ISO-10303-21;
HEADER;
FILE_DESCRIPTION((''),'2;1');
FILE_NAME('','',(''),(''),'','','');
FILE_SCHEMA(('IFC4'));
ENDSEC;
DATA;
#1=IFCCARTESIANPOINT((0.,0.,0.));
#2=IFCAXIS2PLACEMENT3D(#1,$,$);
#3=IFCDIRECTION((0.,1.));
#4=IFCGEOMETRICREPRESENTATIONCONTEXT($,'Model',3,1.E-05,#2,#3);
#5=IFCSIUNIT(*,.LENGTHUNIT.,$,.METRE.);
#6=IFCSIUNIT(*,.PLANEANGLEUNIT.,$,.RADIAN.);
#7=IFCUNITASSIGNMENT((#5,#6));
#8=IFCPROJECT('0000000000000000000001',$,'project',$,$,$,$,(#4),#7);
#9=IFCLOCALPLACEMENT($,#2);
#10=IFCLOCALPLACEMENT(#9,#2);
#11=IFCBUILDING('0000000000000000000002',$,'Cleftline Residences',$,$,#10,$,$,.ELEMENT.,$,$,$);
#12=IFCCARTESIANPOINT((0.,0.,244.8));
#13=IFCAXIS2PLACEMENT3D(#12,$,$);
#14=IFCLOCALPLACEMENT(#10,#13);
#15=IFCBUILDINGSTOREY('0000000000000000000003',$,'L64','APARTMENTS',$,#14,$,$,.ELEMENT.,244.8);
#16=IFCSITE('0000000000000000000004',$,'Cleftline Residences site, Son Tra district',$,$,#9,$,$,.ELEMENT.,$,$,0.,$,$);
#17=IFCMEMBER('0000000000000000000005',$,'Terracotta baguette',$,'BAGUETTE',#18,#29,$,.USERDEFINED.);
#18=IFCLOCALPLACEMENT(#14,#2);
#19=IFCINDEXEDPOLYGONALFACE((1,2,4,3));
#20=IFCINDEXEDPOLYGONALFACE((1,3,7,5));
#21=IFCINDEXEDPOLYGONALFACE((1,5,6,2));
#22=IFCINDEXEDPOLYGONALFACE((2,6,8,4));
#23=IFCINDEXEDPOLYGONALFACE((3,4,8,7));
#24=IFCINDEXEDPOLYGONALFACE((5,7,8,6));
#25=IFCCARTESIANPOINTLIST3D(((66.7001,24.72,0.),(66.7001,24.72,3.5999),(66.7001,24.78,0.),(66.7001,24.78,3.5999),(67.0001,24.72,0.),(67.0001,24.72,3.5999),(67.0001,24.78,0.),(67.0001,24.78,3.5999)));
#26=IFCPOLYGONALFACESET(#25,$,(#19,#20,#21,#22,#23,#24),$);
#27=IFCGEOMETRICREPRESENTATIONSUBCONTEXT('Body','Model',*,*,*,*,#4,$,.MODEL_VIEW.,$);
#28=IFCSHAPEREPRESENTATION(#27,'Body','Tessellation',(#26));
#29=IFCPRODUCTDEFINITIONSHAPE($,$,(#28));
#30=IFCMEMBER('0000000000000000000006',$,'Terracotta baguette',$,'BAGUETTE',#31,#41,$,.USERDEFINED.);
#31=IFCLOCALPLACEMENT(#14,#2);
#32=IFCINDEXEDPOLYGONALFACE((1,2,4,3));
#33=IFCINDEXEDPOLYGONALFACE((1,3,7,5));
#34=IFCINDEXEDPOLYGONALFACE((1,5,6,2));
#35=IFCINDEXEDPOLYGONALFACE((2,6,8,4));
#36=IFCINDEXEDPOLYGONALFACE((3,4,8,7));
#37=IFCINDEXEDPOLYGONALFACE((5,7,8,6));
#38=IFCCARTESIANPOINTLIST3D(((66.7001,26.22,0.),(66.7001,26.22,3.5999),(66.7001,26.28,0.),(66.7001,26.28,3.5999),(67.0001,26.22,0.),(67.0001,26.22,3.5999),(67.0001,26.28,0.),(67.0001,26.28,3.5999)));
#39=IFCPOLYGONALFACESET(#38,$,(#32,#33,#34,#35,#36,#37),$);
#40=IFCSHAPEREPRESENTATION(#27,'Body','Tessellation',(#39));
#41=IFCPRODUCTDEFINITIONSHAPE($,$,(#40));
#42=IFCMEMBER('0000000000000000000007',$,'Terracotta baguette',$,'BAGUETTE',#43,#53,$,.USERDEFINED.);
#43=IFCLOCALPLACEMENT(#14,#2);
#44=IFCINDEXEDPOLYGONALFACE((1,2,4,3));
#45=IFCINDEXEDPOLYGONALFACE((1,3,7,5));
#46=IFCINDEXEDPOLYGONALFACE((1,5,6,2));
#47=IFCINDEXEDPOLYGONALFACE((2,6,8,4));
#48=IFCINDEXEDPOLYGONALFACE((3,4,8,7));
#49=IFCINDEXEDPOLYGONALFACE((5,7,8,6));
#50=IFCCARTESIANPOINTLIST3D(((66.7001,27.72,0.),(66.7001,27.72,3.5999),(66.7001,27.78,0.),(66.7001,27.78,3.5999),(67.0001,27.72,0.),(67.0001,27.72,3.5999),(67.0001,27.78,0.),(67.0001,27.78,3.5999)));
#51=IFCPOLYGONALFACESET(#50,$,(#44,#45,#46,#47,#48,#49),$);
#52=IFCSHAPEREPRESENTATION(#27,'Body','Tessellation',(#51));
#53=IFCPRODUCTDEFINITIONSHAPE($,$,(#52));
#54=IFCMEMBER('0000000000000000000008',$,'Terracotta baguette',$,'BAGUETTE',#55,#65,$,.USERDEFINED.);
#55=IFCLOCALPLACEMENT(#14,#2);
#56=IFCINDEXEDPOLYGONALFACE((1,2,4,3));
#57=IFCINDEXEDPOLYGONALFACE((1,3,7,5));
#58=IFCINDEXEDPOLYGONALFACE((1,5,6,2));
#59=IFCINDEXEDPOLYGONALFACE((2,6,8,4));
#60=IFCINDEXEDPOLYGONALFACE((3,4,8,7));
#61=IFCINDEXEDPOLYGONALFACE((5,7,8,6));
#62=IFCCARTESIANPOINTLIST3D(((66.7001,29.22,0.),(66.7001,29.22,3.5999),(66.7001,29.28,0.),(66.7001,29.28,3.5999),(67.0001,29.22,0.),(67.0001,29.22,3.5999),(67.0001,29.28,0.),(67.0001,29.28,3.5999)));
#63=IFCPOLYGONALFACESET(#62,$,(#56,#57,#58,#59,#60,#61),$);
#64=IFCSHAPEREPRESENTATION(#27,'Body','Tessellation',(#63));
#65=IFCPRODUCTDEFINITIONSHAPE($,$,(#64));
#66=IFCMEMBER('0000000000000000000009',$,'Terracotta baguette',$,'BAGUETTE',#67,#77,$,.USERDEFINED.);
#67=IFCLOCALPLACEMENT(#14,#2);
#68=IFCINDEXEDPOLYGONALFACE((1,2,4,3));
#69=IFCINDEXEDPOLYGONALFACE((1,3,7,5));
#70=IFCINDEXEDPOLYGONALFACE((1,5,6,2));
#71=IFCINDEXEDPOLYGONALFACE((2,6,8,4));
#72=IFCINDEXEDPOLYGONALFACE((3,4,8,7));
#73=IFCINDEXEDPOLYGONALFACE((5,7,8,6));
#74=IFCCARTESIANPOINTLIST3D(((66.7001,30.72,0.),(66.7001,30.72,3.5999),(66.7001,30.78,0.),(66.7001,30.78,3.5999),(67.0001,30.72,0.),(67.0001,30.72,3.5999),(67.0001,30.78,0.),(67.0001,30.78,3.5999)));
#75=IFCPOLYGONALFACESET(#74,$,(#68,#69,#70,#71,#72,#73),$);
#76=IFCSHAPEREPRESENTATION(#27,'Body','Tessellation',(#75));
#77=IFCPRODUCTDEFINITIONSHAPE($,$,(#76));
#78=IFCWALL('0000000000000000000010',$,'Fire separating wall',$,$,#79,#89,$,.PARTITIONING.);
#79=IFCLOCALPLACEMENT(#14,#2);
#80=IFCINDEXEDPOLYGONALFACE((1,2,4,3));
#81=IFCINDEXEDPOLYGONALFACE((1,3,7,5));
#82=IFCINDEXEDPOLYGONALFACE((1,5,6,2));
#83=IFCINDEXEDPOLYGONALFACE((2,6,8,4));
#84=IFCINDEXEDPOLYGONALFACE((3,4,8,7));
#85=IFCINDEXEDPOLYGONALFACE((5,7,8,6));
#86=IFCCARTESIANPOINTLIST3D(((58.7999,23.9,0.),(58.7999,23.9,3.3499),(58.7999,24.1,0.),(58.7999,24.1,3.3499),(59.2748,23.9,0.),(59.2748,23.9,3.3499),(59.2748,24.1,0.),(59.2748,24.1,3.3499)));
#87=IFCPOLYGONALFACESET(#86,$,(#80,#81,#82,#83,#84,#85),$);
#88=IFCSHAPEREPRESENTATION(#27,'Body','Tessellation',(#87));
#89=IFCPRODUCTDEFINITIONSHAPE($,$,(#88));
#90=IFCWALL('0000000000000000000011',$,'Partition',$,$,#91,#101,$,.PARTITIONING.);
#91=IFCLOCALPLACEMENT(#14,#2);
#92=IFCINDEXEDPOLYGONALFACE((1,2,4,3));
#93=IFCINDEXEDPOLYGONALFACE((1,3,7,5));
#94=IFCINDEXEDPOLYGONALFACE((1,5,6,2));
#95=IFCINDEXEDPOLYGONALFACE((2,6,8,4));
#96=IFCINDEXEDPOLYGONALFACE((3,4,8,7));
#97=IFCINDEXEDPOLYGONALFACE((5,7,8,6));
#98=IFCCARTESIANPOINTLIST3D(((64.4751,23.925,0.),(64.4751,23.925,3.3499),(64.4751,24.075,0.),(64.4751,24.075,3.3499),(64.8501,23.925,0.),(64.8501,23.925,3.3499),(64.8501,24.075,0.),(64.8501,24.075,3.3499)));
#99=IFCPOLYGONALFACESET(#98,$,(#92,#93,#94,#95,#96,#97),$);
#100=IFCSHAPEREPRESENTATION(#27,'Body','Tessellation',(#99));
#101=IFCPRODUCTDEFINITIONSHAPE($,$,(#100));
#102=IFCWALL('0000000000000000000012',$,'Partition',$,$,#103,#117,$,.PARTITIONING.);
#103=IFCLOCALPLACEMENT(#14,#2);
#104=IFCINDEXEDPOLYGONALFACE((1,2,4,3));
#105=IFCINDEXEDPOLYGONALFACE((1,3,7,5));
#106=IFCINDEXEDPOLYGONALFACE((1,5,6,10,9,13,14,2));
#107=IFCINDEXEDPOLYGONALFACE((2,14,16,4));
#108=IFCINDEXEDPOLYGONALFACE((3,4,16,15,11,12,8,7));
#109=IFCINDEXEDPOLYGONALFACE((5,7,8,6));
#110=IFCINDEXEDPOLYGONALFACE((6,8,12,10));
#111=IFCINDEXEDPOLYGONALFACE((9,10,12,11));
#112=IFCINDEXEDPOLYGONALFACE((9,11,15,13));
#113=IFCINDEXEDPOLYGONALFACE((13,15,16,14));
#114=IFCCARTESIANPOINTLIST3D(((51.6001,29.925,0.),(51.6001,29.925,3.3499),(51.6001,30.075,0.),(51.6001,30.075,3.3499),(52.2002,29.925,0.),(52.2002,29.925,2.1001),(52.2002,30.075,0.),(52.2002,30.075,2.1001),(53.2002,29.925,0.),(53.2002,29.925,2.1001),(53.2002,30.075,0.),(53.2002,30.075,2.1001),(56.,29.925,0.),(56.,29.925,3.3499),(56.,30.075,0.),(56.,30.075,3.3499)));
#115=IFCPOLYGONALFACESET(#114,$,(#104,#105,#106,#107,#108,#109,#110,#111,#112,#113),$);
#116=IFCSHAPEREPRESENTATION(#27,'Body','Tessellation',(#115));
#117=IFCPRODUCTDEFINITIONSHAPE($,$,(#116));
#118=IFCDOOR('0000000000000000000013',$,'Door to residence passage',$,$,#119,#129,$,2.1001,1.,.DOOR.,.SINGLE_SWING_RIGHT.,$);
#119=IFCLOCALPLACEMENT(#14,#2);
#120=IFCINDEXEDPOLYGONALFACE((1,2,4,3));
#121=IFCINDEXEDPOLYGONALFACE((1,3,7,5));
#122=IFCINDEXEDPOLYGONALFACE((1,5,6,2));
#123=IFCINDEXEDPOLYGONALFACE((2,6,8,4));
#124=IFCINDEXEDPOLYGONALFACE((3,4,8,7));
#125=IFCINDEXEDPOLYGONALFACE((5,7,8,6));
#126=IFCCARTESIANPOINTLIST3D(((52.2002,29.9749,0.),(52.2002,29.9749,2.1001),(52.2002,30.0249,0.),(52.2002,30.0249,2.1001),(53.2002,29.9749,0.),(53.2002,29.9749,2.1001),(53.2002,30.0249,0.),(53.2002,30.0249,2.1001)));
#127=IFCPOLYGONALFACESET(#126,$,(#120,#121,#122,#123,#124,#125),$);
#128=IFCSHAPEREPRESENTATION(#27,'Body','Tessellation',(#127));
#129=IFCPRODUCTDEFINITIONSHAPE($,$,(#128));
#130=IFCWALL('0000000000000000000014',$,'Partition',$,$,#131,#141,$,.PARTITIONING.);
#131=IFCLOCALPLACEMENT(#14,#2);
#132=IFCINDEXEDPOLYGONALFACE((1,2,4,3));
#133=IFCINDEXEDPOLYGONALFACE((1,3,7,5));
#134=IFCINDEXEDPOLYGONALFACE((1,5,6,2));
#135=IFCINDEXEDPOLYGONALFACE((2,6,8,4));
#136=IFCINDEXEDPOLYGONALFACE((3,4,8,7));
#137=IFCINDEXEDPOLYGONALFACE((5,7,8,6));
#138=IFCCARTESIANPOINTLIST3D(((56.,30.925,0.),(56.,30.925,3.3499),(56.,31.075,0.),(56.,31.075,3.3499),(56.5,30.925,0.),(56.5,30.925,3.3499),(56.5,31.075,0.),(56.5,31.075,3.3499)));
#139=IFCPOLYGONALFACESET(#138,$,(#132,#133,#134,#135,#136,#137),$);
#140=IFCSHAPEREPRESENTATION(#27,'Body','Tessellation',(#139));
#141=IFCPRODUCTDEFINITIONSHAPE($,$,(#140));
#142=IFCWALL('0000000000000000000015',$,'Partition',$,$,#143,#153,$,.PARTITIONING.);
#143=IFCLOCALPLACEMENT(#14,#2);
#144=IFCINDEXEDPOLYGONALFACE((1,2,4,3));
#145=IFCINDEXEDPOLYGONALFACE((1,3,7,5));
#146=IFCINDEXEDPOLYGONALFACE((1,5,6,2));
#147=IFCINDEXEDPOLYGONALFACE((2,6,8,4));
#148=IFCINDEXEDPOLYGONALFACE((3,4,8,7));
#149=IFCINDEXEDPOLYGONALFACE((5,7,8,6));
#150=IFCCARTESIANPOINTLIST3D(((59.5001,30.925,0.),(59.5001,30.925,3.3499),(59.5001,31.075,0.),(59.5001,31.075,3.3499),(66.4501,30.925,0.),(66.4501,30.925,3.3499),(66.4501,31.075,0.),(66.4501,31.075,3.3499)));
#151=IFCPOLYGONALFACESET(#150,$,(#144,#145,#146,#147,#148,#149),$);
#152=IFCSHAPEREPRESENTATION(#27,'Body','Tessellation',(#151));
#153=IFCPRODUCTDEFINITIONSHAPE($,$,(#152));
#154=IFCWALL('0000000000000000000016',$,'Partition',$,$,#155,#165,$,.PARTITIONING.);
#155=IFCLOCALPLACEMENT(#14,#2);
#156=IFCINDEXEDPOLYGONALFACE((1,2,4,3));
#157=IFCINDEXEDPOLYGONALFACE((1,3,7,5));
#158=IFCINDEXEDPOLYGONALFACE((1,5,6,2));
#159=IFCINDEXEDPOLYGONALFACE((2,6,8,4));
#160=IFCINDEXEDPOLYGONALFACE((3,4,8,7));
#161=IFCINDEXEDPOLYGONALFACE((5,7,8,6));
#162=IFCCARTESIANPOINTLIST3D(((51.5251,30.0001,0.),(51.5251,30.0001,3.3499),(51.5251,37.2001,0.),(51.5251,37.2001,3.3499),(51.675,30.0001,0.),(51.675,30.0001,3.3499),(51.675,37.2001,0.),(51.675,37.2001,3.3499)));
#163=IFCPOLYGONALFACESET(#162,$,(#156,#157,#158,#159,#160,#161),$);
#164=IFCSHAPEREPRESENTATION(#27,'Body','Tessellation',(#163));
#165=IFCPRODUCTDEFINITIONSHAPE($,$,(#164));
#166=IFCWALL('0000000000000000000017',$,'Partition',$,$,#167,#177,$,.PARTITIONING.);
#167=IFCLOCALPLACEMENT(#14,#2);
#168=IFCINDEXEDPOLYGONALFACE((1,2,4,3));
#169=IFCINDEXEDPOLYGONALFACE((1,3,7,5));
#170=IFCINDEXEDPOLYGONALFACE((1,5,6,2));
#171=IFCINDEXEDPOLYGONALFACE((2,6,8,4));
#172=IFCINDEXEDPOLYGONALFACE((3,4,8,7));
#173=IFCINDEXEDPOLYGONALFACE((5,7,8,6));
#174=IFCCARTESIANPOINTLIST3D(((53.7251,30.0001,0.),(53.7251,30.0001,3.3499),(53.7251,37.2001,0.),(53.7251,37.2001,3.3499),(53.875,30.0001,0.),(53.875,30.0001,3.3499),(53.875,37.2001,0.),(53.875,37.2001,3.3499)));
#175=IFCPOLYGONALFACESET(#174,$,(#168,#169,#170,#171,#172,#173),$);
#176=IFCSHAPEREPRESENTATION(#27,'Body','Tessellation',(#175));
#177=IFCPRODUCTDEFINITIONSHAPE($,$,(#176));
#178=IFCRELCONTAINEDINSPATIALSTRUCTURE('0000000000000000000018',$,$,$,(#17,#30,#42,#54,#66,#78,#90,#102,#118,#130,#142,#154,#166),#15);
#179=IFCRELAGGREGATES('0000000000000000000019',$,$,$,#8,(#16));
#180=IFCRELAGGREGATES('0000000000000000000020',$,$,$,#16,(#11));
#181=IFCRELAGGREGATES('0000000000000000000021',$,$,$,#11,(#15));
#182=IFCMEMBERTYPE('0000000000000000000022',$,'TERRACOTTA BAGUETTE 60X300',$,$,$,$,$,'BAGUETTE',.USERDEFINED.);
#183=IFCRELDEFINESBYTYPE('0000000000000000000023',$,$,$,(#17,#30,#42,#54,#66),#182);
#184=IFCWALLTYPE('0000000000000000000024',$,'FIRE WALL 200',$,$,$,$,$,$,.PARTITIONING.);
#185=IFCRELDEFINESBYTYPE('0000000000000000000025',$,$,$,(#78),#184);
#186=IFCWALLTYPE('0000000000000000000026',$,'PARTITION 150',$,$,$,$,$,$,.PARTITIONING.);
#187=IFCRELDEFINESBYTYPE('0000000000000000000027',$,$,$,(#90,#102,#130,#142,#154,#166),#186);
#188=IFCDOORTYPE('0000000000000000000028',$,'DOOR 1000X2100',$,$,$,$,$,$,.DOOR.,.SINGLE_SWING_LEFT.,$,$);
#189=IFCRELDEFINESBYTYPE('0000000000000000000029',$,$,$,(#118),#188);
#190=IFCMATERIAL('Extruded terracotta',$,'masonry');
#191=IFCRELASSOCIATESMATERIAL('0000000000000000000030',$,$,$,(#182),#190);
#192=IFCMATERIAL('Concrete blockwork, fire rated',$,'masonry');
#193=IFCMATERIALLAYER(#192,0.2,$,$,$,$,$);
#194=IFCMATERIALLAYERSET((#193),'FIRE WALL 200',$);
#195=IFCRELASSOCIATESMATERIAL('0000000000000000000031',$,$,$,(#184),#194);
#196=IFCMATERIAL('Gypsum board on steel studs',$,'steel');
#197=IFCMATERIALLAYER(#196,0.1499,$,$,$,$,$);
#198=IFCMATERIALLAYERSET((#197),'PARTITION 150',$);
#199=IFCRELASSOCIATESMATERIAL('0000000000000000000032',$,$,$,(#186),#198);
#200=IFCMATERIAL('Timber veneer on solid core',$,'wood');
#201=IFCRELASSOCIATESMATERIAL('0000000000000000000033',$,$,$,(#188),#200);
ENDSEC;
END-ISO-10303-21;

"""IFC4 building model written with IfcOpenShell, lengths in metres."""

from ifc_helpers import new_model, si_unit, direction, frame, frame_2d, origin, origin_2d, place, context, subcontext, project, spatial, rectangle, extrude, material, layer, layer_set, material_profile, profile_set, type_object, element, fill, save


model = new_model("IFC4")

# Units and contexts
model_context = context("Model", 3, precision=1e-05, world=origin(), true_north=direction((0.0, 1.0)))
body_context = subcontext(model_context, "Body", "Model", "MODEL_VIEW")
ifc_project = project(units=[si_unit("LENGTHUNIT", "METRE"), si_unit("PLANEANGLEUNIT", "RADIAN")], contexts=[model_context])

# Site, building, storey
site_placement = place(None, origin())
site = spatial("IfcSite", under=ifc_project, at=site_placement, Name="Cleftline Residences site, Son Tra district", CompositionType="ELEMENT", RefElevation=0.0)
building_placement = place(site_placement, origin())
building = spatial("IfcBuilding", under=site, at=building_placement, Name="Cleftline Residences", CompositionType="ELEMENT")
storey_placement = place(building_placement, frame((0.0, 0.0, 244.8)))
storey = spatial("IfcBuildingStorey", under=building, at=storey_placement, Name="L64", Description="APARTMENTS", CompositionType="ELEMENT", Elevation=244.8)

# Members
ifc_material_1 = material(Name="Extruded terracotta", Category="masonry")
ifc_material_profile_1 = material_profile(ifc_material_1, rectangle(XDim=0.0601, YDim=0.3, at=origin_2d()))
ifc_profile_set_1 = profile_set([ifc_material_profile_1], Name="Extruded terracotta")
member_type_1 = type_object("IfcMemberType", Name="TERRACOTTA BAGUETTE 60X300", ElementType="BAGUETTE", PredefinedType="USERDEFINED", material=ifc_profile_set_1)
for number, where, z_axis, x_axis, name in (
    (1, (66.8501, 24.75, 0.0), (0.0, 0.0, 1.0), (0.0, 1.0, 0.0), "Terracotta baguette"),
    (2, (66.8501, 26.25, 0.0), (0.0, 0.0, 1.0), (0.0, 1.0, 0.0), "Terracotta baguette"),
    (3, (66.8501, 27.75, 0.0), (0.0, 0.0, 1.0), (0.0, 1.0, 0.0), "Terracotta baguette"),
    (4, (66.8501, 29.25, 0.0), (0.0, 0.0, 1.0), (0.0, 1.0, 0.0), "Terracotta baguette"),
    (5, (66.8501, 30.75, 0.0), (0.0, 0.0, 1.0), (0.0, 1.0, 0.0), "Terracotta baguette"),
):
    element("IfcMember", number, at=place(storey_placement, frame(where, z_axis=z_axis, x_axis=x_axis)), inside=storey, type_object=member_type_1, Name=name, ObjectType="BAGUETTE", PredefinedType="USERDEFINED", context=body_context, shape_type="SweptSolid", body=[
        extrude(rectangle(XDim=0.0601, YDim=0.3, at=origin_2d()), origin(), (0.0, 0.0, 1.0), 3.5999),
    ])

# Walls
ifc_material_2 = material(Name="Concrete blockwork, fire rated", Category="masonry")
ifc_layer_1 = layer(ifc_material_2, 0.2)
ifc_layer_set_1 = layer_set([ifc_layer_1], Name="FIRE WALL 200")
wall_type_1 = type_object("IfcWallType", Name="FIRE WALL 200", PredefinedType="PARTITIONING", material=ifc_layer_set_1)
wall_1_placement = place(storey_placement, frame((58.8, 24.0, 0.0), z_axis=(0.0, 0.0, 1.0), x_axis=(1.0, 0.0, 0.0)))
element("IfcWall", 6, at=wall_1_placement, inside=storey, type_object=wall_type_1, Name="Fire separating wall", PredefinedType="PARTITIONING", context=body_context, shape_type="SweptSolid", body=[
    extrude(rectangle(XDim=0.4749, YDim=0.2, at=frame_2d((0.2373, 0.0))), origin(), (0.0, 0.0, 1.0), 3.3499),
])
ifc_material_3 = material(Name="Gypsum board on steel studs", Category="steel")
ifc_layer_2 = layer(ifc_material_3, 0.1499)
ifc_layer_set_2 = layer_set([ifc_layer_2], Name="PARTITION 150")
wall_type_2 = type_object("IfcWallType", Name="PARTITION 150", PredefinedType="PARTITIONING", material=ifc_layer_set_2)
wall_2_placement = place(storey_placement, frame((64.4751, 24.0, 0.0), z_axis=(0.0, 0.0, 1.0), x_axis=(1.0, 0.0, 0.0)))
element("IfcWall", 7, at=wall_2_placement, inside=storey, type_object=wall_type_2, Name="Partition", PredefinedType="PARTITIONING", context=body_context, shape_type="SweptSolid", body=[
    extrude(rectangle(XDim=0.375, YDim=0.1499, at=frame_2d((0.1875, 0.0))), origin(), (0.0, 0.0, 1.0), 3.3499),
])

# Wall, opening, door
wall_3_placement = place(storey_placement, frame((51.6001, 30.0, 0.0), z_axis=(0.0, 0.0, 1.0), x_axis=(1.0, 0.0, 0.0)))
wall_3 = element("IfcWall", 8, at=wall_3_placement, inside=storey, type_object=wall_type_2, Name="Partition", PredefinedType="PARTITIONING", context=body_context, shape_type="SweptSolid", body=[
    extrude(rectangle(XDim=4.3999, YDim=0.1499, at=frame_2d((2.2, 0.0))), origin(), (0.0, 0.0, 1.0), 3.3499),
])
opening_1_placement = place(wall_3_placement, frame((0.6001, 0.0, 0.0)))
opening_1 = element("IfcOpeningElement", 9, at=opening_1_placement, cuts=wall_3, PredefinedType="OPENING", context=body_context, shape_type="SweptSolid", body=[
    extrude(rectangle(XDim=1.0, YDim=2.1001, at=frame_2d((0.5, 1.05))), frame((0.0, 0.085, 0.0), z_axis=(0.0, -1.0, 0.0), x_axis=(1.0, 0.0, 0.0)), (0.0, 0.0, 1.0), 0.1699),
])
ifc_material_4 = material(Name="Timber veneer on solid core", Category="wood")
door_type_1 = type_object("IfcDoorType", Name="DOOR 1000X2100", OperationType="SINGLE_SWING_LEFT", PredefinedType="DOOR", material=ifc_material_4)
door_1_placement = place(opening_1_placement, origin())
door_1 = element("IfcDoor", 10, at=door_1_placement, inside=storey, type_object=door_type_1, Name="Door to residence passage", OperationType="SINGLE_SWING_RIGHT", OverallHeight=2.1001, OverallWidth=1.0, PredefinedType="DOOR", context=body_context, shape_type="SweptSolid", body=[
    extrude(rectangle(XDim=1.0, YDim=2.1001, at=frame_2d((0.5, 1.05))), frame((0.0, 0.0249, 0.0), z_axis=(0.0, -1.0, 0.0), x_axis=(1.0, 0.0, 0.0)), (0.0, 0.0, 1.0), 0.05),
])
fill(opening_1, door_1)

# Walls
wall_4_placement = place(storey_placement, frame((56.0, 31.0, 0.0), z_axis=(0.0, 0.0, 1.0), x_axis=(1.0, 0.0, 0.0)))
element("IfcWall", 11, at=wall_4_placement, inside=storey, type_object=wall_type_2, Name="Partition", PredefinedType="PARTITIONING", context=body_context, shape_type="SweptSolid", body=[
    extrude(rectangle(XDim=0.5, YDim=0.1499, at=frame_2d((0.25, 0.0))), origin(), (0.0, 0.0, 1.0), 3.3499),
])
wall_5_placement = place(storey_placement, frame((59.5, 31.0, 0.0), z_axis=(0.0, 0.0, 1.0), x_axis=(1.0, 0.0, 0.0)))
element("IfcWall", 12, at=wall_5_placement, inside=storey, type_object=wall_type_2, Name="Partition", PredefinedType="PARTITIONING", context=body_context, shape_type="SweptSolid", body=[
    extrude(rectangle(XDim=6.95, YDim=0.1499, at=frame_2d((3.4751, 0.0))), origin(), (0.0, 0.0, 1.0), 3.3499),
])
for number, where, z_axis, x_axis, name in (
    (13, (51.6001, 30.0, 0.0), (0.0, 0.0, 1.0), (0.0, 1.0, 0.0), "Partition"),
    (14, (53.8, 30.0, 0.0), (0.0, 0.0, 1.0), (0.0, 1.0, 0.0), "Partition"),
):
    element("IfcWall", number, at=place(storey_placement, frame(where, z_axis=z_axis, x_axis=x_axis)), inside=storey, type_object=wall_type_2, Name=name, PredefinedType="PARTITIONING", context=body_context, shape_type="SweptSolid", body=[
        extrude(rectangle(XDim=7.2, YDim=0.1499, at=frame_2d((3.6001, 0.0))), origin(), (0.0, 0.0, 1.0), 3.3499),
    ])

save(model, "model.ifc")
